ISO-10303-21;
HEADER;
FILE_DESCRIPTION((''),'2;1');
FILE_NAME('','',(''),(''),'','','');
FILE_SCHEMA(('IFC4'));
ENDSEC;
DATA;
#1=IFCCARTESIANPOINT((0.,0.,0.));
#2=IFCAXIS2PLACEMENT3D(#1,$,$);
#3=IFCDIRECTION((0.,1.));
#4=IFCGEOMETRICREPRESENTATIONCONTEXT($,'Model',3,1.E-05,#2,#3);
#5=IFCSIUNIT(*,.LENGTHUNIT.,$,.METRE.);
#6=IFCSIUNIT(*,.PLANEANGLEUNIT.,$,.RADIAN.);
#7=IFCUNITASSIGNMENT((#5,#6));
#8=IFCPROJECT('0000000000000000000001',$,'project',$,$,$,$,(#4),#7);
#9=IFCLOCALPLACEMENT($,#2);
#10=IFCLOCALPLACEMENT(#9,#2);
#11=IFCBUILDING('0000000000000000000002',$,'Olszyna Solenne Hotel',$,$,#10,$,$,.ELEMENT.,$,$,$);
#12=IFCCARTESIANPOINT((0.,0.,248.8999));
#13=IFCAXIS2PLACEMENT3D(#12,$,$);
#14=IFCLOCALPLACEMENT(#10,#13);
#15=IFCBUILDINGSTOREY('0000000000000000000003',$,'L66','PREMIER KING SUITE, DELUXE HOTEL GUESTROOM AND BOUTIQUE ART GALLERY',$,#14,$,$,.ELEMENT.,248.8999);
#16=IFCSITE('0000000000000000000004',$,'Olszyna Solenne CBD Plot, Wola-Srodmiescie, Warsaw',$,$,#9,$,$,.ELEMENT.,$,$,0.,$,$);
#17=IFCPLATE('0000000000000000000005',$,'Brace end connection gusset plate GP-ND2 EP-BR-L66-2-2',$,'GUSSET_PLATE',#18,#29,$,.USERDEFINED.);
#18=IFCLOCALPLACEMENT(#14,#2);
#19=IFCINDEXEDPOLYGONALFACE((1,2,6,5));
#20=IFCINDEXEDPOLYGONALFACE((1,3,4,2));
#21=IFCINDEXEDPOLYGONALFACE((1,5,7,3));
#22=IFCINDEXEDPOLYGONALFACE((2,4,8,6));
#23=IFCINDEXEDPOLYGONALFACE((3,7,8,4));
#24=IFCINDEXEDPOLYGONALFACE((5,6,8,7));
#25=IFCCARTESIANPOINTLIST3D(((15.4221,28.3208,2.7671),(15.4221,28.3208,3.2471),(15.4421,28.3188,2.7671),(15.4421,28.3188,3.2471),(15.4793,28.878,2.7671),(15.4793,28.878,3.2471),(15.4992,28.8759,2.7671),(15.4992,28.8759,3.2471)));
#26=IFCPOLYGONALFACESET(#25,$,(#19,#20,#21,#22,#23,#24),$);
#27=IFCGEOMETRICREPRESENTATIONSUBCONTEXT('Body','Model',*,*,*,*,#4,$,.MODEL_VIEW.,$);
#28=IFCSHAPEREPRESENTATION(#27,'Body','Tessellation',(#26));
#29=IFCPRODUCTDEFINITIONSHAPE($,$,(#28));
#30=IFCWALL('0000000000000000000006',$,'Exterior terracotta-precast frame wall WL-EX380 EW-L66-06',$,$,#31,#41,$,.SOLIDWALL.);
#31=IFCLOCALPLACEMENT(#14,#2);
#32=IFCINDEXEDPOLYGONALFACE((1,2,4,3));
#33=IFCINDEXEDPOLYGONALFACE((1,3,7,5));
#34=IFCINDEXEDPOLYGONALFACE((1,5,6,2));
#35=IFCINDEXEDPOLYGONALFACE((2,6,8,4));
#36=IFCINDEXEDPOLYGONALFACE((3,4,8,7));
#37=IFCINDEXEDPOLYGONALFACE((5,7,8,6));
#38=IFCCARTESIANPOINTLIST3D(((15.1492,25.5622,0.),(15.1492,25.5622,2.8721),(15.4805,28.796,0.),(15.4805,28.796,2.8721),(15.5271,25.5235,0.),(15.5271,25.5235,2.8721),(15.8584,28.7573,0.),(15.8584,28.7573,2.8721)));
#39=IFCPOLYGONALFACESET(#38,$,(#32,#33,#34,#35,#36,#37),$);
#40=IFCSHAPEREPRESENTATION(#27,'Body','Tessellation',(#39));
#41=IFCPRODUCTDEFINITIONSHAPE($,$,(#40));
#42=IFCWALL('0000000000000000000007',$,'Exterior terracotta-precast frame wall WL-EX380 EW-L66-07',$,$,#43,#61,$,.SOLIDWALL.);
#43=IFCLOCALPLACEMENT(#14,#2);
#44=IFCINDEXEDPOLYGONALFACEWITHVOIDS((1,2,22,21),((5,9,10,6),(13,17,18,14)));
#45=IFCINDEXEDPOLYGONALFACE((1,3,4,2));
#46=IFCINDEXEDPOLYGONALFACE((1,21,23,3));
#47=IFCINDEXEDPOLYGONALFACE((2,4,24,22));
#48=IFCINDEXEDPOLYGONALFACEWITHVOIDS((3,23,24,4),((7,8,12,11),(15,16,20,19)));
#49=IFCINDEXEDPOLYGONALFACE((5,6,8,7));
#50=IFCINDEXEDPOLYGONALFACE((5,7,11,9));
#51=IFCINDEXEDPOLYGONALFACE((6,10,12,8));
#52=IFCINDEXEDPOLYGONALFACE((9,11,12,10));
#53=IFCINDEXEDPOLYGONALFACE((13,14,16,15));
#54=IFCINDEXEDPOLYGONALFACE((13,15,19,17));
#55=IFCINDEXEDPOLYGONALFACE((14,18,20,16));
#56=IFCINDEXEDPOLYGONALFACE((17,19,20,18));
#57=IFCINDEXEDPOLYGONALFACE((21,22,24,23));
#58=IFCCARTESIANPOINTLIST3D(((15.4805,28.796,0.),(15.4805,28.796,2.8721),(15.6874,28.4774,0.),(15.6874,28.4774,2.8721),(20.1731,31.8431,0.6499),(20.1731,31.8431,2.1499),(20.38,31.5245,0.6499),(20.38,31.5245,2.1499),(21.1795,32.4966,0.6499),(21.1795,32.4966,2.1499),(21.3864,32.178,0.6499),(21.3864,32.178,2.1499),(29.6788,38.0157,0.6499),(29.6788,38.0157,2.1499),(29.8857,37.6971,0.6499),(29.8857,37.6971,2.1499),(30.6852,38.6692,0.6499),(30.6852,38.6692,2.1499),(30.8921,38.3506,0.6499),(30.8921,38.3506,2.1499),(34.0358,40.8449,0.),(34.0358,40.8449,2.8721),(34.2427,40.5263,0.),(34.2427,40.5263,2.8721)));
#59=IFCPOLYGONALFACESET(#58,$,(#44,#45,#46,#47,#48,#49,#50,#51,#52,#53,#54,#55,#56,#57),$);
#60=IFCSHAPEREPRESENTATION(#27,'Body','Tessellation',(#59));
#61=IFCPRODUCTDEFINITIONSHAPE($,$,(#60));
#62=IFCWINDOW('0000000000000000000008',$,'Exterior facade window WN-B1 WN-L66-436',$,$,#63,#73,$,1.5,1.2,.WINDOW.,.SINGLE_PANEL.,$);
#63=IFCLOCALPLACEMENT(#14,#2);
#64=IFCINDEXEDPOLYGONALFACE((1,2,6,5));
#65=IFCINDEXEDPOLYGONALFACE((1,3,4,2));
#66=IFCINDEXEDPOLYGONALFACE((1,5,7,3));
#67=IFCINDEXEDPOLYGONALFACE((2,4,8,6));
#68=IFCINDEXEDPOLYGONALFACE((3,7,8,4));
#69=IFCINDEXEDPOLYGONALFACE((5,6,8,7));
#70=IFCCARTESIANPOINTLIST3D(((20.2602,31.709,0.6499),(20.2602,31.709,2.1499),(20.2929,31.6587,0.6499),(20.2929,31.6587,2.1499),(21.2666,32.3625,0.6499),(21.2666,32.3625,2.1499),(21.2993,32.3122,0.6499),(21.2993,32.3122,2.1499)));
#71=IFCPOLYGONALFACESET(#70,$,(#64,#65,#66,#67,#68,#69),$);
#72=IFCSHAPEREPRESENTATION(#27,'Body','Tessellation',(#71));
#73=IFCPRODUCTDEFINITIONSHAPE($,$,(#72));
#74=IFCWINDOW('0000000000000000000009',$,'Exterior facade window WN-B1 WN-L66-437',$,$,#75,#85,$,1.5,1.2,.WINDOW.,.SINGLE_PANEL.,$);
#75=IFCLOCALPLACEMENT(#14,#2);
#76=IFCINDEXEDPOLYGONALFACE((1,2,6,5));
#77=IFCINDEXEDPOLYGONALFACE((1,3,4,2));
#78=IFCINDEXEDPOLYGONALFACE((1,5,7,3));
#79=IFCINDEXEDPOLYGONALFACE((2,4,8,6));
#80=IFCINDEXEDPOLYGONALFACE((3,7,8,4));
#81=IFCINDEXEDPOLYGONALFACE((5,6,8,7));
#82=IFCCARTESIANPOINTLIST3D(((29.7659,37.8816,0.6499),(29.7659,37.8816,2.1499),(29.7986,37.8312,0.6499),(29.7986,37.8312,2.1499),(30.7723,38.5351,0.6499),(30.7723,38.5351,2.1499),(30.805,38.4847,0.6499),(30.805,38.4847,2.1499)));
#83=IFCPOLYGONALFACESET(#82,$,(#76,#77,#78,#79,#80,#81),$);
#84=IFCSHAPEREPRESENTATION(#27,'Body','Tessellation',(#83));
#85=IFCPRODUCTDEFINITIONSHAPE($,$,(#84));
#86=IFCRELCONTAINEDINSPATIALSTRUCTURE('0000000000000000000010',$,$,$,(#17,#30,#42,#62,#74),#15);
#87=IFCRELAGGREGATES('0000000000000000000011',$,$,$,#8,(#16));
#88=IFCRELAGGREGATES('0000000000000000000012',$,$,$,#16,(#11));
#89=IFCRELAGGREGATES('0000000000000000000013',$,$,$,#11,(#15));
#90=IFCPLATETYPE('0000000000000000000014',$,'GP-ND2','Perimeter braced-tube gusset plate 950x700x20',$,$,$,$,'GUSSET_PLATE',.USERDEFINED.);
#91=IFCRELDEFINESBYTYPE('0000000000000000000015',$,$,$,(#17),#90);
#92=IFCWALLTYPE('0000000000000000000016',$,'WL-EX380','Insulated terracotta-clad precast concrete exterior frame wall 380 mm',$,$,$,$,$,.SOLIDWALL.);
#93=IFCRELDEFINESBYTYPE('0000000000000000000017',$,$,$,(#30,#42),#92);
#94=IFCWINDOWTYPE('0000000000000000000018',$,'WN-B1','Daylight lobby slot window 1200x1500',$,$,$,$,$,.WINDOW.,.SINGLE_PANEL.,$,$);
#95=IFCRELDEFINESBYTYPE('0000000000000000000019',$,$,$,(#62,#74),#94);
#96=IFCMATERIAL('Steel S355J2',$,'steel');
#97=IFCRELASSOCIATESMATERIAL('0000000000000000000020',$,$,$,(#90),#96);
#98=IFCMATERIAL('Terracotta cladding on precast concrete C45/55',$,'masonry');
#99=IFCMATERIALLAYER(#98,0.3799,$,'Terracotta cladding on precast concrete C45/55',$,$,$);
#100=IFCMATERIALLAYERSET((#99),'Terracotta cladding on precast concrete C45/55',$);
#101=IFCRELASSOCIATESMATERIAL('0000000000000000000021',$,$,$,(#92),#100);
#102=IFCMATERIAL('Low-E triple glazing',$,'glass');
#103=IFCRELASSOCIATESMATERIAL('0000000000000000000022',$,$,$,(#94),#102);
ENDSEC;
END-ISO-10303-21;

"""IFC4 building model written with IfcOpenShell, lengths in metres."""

from ifc_helpers import new_model, si_unit, direction, frame, frame_2d, origin, origin_2d, place, context, subcontext, project, spatial, rectangle, extrude, source, transform, mapped, material, layer, layer_set, type_object, type_shapes, element, fill, save


model = new_model("IFC4")

# Units and contexts
model_context = context("Model", 3, precision=1e-05, world=origin(), true_north=direction((0.0, 1.0)))
body_context = subcontext(model_context, "Body", "Model", "MODEL_VIEW")
ifc_project = project(units=[si_unit("LENGTHUNIT", "METRE"), si_unit("PLANEANGLEUNIT", "RADIAN")], contexts=[model_context])

# Site, building, storey
site_placement = place(None, origin())
site = spatial("IfcSite", under=ifc_project, at=site_placement, Name="Olszyna Solenne CBD Plot, Wola-Srodmiescie, Warsaw", CompositionType="ELEMENT", RefElevation=0.0)
building_placement = place(site_placement, origin())
building = spatial("IfcBuilding", under=site, at=building_placement, Name="Olszyna Solenne Hotel", CompositionType="ELEMENT")
storey_placement = place(building_placement, frame((0.0, 0.0, 248.8999)))
storey = spatial("IfcBuildingStorey", under=building, at=storey_placement, Name="L66", Description="PREMIER KING SUITE, DELUXE HOTEL GUESTROOM AND BOUTIQUE ART GALLERY", CompositionType="ELEMENT", Elevation=248.8999)

# Shared definitions
ifc_material_1 = material(Name="Steel S355J2", Category="steel")

# Plate
plate_type = type_object("IfcPlateType", Name="GP-ND2", Description="Perimeter braced-tube gusset plate 950x700x20", ElementType="GUSSET_PLATE", PredefinedType="USERDEFINED", material=ifc_material_1)
shared_shape_1 = source(origin(), body_context, "Body", "SweptSolid", [
    extrude(rectangle(XDim=0.5601, YDim=0.02, at=origin_2d()), origin(), (0.0, 0.0, 1.0), 0.48),
])
for number, where, z_axis, x_axis, name in (
    (1, (15.4607, 28.5984, 2.7671), (0.0, 0.0, 1.0), (0.102098, 0.994774, 0.0), "Brace end connection gusset plate GP-ND2 EP-BR-L66-2-2"),
):
    element("IfcPlate", number, at=place(storey_placement, frame(where, z_axis=z_axis, x_axis=x_axis)), inside=storey, type_object=plate_type, Name=name, ObjectType="GUSSET_PLATE", PredefinedType="USERDEFINED", context=body_context, shape_type="MappedRepresentation", body=[
        mapped(shared_shape_1, transform((0.0, 0.0, 0.0), x_axis=(1.0, 0.0, 0.0), y_axis=(0.0, 1.0, 0.0), z_axis=(0.0, 0.0, 1.0), scale=1.0)),
    ])

# Wall
ifc_material_2 = material(Name="Terracotta cladding on precast concrete C45/55", Category="masonry")
ifc_layer = layer(ifc_material_2, 0.3799, Name="Terracotta cladding on precast concrete C45/55")
ifc_layer_set = layer_set([ifc_layer], Name="Terracotta cladding on precast concrete C45/55")
wall_type = type_object("IfcWallType", Name="WL-EX380", Description="Insulated terracotta-clad precast concrete exterior frame wall 380 mm", PredefinedType="SOLIDWALL", material=ifc_layer_set)
wall_1_placement = place(storey_placement, frame((15.3381, 25.5427, 0.0), z_axis=(0.0, 0.0, 1.0), x_axis=(0.101913, 0.994793, 0.0)))
element("IfcWall", 2, at=wall_1_placement, inside=storey, type_object=wall_type, Name="Exterior terracotta-precast frame wall WL-EX380 EW-L66-06", PredefinedType="SOLIDWALL", context=body_context, shape_type="SweptSolid", body=[
    extrude(rectangle(XDim=3.2507, YDim=0.3799, at=frame_2d((1.6255, 0.0))), origin(), (0.0, 0.0, 1.0), 2.8721),
])

# Wall, openings, windows
wall_2_placement = place(storey_placement, frame((15.584, 28.6367, 0.0), z_axis=(0.0, 0.0, 1.0), x_axis=(0.838692, 0.544606, 0.0)))
wall_2 = element("IfcWall", 3, at=wall_2_placement, inside=storey, type_object=wall_type, Name="Exterior terracotta-precast frame wall WL-EX380 EW-L66-07", PredefinedType="SOLIDWALL", context=body_context, shape_type="SweptSolid", body=[
    extrude(rectangle(XDim=22.124, YDim=0.3799, at=frame_2d((11.062, 0.0))), origin(), (0.0, 0.0, 1.0), 2.8721),
])
opening_1_placement = place(wall_2_placement, frame((5.595, 0.0, 0.6499)))
opening_1 = element("IfcOpeningElement", 4, at=opening_1_placement, cuts=wall_2, PredefinedType="OPENING", context=body_context, shape_type="SweptSolid", body=[
    extrude(rectangle(XDim=1.2, YDim=1.5, at=frame_2d((0.6001, 0.75))), frame((0.0, 0.2, 0.0), z_axis=(0.0, -1.0, 0.0), x_axis=(1.0, 0.0, 0.0)), (0.0, 0.0, 1.0), 0.3999),
])
opening_2_placement = place(wall_2_placement, frame((16.929, 0.0, 0.6499)))
opening_2 = element("IfcOpeningElement", 5, at=opening_2_placement, cuts=wall_2, PredefinedType="OPENING", context=body_context, shape_type="SweptSolid", body=[
    extrude(rectangle(XDim=1.2, YDim=1.5, at=frame_2d((0.6001, 0.75))), frame((0.0, 0.2, 0.0), z_axis=(0.0, -1.0, 0.0), x_axis=(1.0, 0.0, 0.0)), (0.0, 0.0, 1.0), 0.3999),
])
ifc_material_3 = material(Name="Low-E triple glazing", Category="glass")
window_type = type_object("IfcWindowType", Name="WN-B1", Description="Daylight lobby slot window 1200x1500", PartitioningType="SINGLE_PANEL", PredefinedType="WINDOW", material=ifc_material_3)
shared_shape_2 = source(origin(), body_context, "Body", "SweptSolid", [
    extrude(rectangle(XDim=1.2, YDim=1.5, at=frame_2d((0.6001, 0.75))), frame((0.0, 0.03, 0.0), z_axis=(0.0, -1.0, 0.0), x_axis=(1.0, 0.0, 0.0)), (0.0, 0.0, 1.0), 0.0601),
])
type_shapes(window_type, [shared_shape_2])
window_1_placement = place(opening_1_placement, origin())
window_1 = element("IfcWindow", 6, at=window_1_placement, inside=storey, type_object=window_type, Name="Exterior facade window WN-B1 WN-L66-436", OverallHeight=1.5, OverallWidth=1.2, PartitioningType="SINGLE_PANEL", PredefinedType="WINDOW", context=body_context, shape_type="MappedRepresentation", body=[
    mapped(shared_shape_2, transform((0.0, 0.0, 0.0), x_axis=(1.0, 0.0, 0.0), y_axis=(0.0, 1.0, 0.0), z_axis=(0.0, 0.0, 1.0), scale=1.0)),
])
fill(opening_1, window_1)
window_2_placement = place(opening_2_placement, origin())
window_2 = element("IfcWindow", 7, at=window_2_placement, inside=storey, type_object=window_type, Name="Exterior facade window WN-B1 WN-L66-437", OverallHeight=1.5, OverallWidth=1.2, PartitioningType="SINGLE_PANEL", PredefinedType="WINDOW", context=body_context, shape_type="MappedRepresentation", body=[
    mapped(shared_shape_2, transform((0.0, 0.0, 0.0), x_axis=(1.0, 0.0, 0.0), y_axis=(0.0, 1.0, 0.0), z_axis=(0.0, 0.0, 1.0), scale=1.0)),
])
fill(opening_2, window_2)

save(model, "model.ifc")
